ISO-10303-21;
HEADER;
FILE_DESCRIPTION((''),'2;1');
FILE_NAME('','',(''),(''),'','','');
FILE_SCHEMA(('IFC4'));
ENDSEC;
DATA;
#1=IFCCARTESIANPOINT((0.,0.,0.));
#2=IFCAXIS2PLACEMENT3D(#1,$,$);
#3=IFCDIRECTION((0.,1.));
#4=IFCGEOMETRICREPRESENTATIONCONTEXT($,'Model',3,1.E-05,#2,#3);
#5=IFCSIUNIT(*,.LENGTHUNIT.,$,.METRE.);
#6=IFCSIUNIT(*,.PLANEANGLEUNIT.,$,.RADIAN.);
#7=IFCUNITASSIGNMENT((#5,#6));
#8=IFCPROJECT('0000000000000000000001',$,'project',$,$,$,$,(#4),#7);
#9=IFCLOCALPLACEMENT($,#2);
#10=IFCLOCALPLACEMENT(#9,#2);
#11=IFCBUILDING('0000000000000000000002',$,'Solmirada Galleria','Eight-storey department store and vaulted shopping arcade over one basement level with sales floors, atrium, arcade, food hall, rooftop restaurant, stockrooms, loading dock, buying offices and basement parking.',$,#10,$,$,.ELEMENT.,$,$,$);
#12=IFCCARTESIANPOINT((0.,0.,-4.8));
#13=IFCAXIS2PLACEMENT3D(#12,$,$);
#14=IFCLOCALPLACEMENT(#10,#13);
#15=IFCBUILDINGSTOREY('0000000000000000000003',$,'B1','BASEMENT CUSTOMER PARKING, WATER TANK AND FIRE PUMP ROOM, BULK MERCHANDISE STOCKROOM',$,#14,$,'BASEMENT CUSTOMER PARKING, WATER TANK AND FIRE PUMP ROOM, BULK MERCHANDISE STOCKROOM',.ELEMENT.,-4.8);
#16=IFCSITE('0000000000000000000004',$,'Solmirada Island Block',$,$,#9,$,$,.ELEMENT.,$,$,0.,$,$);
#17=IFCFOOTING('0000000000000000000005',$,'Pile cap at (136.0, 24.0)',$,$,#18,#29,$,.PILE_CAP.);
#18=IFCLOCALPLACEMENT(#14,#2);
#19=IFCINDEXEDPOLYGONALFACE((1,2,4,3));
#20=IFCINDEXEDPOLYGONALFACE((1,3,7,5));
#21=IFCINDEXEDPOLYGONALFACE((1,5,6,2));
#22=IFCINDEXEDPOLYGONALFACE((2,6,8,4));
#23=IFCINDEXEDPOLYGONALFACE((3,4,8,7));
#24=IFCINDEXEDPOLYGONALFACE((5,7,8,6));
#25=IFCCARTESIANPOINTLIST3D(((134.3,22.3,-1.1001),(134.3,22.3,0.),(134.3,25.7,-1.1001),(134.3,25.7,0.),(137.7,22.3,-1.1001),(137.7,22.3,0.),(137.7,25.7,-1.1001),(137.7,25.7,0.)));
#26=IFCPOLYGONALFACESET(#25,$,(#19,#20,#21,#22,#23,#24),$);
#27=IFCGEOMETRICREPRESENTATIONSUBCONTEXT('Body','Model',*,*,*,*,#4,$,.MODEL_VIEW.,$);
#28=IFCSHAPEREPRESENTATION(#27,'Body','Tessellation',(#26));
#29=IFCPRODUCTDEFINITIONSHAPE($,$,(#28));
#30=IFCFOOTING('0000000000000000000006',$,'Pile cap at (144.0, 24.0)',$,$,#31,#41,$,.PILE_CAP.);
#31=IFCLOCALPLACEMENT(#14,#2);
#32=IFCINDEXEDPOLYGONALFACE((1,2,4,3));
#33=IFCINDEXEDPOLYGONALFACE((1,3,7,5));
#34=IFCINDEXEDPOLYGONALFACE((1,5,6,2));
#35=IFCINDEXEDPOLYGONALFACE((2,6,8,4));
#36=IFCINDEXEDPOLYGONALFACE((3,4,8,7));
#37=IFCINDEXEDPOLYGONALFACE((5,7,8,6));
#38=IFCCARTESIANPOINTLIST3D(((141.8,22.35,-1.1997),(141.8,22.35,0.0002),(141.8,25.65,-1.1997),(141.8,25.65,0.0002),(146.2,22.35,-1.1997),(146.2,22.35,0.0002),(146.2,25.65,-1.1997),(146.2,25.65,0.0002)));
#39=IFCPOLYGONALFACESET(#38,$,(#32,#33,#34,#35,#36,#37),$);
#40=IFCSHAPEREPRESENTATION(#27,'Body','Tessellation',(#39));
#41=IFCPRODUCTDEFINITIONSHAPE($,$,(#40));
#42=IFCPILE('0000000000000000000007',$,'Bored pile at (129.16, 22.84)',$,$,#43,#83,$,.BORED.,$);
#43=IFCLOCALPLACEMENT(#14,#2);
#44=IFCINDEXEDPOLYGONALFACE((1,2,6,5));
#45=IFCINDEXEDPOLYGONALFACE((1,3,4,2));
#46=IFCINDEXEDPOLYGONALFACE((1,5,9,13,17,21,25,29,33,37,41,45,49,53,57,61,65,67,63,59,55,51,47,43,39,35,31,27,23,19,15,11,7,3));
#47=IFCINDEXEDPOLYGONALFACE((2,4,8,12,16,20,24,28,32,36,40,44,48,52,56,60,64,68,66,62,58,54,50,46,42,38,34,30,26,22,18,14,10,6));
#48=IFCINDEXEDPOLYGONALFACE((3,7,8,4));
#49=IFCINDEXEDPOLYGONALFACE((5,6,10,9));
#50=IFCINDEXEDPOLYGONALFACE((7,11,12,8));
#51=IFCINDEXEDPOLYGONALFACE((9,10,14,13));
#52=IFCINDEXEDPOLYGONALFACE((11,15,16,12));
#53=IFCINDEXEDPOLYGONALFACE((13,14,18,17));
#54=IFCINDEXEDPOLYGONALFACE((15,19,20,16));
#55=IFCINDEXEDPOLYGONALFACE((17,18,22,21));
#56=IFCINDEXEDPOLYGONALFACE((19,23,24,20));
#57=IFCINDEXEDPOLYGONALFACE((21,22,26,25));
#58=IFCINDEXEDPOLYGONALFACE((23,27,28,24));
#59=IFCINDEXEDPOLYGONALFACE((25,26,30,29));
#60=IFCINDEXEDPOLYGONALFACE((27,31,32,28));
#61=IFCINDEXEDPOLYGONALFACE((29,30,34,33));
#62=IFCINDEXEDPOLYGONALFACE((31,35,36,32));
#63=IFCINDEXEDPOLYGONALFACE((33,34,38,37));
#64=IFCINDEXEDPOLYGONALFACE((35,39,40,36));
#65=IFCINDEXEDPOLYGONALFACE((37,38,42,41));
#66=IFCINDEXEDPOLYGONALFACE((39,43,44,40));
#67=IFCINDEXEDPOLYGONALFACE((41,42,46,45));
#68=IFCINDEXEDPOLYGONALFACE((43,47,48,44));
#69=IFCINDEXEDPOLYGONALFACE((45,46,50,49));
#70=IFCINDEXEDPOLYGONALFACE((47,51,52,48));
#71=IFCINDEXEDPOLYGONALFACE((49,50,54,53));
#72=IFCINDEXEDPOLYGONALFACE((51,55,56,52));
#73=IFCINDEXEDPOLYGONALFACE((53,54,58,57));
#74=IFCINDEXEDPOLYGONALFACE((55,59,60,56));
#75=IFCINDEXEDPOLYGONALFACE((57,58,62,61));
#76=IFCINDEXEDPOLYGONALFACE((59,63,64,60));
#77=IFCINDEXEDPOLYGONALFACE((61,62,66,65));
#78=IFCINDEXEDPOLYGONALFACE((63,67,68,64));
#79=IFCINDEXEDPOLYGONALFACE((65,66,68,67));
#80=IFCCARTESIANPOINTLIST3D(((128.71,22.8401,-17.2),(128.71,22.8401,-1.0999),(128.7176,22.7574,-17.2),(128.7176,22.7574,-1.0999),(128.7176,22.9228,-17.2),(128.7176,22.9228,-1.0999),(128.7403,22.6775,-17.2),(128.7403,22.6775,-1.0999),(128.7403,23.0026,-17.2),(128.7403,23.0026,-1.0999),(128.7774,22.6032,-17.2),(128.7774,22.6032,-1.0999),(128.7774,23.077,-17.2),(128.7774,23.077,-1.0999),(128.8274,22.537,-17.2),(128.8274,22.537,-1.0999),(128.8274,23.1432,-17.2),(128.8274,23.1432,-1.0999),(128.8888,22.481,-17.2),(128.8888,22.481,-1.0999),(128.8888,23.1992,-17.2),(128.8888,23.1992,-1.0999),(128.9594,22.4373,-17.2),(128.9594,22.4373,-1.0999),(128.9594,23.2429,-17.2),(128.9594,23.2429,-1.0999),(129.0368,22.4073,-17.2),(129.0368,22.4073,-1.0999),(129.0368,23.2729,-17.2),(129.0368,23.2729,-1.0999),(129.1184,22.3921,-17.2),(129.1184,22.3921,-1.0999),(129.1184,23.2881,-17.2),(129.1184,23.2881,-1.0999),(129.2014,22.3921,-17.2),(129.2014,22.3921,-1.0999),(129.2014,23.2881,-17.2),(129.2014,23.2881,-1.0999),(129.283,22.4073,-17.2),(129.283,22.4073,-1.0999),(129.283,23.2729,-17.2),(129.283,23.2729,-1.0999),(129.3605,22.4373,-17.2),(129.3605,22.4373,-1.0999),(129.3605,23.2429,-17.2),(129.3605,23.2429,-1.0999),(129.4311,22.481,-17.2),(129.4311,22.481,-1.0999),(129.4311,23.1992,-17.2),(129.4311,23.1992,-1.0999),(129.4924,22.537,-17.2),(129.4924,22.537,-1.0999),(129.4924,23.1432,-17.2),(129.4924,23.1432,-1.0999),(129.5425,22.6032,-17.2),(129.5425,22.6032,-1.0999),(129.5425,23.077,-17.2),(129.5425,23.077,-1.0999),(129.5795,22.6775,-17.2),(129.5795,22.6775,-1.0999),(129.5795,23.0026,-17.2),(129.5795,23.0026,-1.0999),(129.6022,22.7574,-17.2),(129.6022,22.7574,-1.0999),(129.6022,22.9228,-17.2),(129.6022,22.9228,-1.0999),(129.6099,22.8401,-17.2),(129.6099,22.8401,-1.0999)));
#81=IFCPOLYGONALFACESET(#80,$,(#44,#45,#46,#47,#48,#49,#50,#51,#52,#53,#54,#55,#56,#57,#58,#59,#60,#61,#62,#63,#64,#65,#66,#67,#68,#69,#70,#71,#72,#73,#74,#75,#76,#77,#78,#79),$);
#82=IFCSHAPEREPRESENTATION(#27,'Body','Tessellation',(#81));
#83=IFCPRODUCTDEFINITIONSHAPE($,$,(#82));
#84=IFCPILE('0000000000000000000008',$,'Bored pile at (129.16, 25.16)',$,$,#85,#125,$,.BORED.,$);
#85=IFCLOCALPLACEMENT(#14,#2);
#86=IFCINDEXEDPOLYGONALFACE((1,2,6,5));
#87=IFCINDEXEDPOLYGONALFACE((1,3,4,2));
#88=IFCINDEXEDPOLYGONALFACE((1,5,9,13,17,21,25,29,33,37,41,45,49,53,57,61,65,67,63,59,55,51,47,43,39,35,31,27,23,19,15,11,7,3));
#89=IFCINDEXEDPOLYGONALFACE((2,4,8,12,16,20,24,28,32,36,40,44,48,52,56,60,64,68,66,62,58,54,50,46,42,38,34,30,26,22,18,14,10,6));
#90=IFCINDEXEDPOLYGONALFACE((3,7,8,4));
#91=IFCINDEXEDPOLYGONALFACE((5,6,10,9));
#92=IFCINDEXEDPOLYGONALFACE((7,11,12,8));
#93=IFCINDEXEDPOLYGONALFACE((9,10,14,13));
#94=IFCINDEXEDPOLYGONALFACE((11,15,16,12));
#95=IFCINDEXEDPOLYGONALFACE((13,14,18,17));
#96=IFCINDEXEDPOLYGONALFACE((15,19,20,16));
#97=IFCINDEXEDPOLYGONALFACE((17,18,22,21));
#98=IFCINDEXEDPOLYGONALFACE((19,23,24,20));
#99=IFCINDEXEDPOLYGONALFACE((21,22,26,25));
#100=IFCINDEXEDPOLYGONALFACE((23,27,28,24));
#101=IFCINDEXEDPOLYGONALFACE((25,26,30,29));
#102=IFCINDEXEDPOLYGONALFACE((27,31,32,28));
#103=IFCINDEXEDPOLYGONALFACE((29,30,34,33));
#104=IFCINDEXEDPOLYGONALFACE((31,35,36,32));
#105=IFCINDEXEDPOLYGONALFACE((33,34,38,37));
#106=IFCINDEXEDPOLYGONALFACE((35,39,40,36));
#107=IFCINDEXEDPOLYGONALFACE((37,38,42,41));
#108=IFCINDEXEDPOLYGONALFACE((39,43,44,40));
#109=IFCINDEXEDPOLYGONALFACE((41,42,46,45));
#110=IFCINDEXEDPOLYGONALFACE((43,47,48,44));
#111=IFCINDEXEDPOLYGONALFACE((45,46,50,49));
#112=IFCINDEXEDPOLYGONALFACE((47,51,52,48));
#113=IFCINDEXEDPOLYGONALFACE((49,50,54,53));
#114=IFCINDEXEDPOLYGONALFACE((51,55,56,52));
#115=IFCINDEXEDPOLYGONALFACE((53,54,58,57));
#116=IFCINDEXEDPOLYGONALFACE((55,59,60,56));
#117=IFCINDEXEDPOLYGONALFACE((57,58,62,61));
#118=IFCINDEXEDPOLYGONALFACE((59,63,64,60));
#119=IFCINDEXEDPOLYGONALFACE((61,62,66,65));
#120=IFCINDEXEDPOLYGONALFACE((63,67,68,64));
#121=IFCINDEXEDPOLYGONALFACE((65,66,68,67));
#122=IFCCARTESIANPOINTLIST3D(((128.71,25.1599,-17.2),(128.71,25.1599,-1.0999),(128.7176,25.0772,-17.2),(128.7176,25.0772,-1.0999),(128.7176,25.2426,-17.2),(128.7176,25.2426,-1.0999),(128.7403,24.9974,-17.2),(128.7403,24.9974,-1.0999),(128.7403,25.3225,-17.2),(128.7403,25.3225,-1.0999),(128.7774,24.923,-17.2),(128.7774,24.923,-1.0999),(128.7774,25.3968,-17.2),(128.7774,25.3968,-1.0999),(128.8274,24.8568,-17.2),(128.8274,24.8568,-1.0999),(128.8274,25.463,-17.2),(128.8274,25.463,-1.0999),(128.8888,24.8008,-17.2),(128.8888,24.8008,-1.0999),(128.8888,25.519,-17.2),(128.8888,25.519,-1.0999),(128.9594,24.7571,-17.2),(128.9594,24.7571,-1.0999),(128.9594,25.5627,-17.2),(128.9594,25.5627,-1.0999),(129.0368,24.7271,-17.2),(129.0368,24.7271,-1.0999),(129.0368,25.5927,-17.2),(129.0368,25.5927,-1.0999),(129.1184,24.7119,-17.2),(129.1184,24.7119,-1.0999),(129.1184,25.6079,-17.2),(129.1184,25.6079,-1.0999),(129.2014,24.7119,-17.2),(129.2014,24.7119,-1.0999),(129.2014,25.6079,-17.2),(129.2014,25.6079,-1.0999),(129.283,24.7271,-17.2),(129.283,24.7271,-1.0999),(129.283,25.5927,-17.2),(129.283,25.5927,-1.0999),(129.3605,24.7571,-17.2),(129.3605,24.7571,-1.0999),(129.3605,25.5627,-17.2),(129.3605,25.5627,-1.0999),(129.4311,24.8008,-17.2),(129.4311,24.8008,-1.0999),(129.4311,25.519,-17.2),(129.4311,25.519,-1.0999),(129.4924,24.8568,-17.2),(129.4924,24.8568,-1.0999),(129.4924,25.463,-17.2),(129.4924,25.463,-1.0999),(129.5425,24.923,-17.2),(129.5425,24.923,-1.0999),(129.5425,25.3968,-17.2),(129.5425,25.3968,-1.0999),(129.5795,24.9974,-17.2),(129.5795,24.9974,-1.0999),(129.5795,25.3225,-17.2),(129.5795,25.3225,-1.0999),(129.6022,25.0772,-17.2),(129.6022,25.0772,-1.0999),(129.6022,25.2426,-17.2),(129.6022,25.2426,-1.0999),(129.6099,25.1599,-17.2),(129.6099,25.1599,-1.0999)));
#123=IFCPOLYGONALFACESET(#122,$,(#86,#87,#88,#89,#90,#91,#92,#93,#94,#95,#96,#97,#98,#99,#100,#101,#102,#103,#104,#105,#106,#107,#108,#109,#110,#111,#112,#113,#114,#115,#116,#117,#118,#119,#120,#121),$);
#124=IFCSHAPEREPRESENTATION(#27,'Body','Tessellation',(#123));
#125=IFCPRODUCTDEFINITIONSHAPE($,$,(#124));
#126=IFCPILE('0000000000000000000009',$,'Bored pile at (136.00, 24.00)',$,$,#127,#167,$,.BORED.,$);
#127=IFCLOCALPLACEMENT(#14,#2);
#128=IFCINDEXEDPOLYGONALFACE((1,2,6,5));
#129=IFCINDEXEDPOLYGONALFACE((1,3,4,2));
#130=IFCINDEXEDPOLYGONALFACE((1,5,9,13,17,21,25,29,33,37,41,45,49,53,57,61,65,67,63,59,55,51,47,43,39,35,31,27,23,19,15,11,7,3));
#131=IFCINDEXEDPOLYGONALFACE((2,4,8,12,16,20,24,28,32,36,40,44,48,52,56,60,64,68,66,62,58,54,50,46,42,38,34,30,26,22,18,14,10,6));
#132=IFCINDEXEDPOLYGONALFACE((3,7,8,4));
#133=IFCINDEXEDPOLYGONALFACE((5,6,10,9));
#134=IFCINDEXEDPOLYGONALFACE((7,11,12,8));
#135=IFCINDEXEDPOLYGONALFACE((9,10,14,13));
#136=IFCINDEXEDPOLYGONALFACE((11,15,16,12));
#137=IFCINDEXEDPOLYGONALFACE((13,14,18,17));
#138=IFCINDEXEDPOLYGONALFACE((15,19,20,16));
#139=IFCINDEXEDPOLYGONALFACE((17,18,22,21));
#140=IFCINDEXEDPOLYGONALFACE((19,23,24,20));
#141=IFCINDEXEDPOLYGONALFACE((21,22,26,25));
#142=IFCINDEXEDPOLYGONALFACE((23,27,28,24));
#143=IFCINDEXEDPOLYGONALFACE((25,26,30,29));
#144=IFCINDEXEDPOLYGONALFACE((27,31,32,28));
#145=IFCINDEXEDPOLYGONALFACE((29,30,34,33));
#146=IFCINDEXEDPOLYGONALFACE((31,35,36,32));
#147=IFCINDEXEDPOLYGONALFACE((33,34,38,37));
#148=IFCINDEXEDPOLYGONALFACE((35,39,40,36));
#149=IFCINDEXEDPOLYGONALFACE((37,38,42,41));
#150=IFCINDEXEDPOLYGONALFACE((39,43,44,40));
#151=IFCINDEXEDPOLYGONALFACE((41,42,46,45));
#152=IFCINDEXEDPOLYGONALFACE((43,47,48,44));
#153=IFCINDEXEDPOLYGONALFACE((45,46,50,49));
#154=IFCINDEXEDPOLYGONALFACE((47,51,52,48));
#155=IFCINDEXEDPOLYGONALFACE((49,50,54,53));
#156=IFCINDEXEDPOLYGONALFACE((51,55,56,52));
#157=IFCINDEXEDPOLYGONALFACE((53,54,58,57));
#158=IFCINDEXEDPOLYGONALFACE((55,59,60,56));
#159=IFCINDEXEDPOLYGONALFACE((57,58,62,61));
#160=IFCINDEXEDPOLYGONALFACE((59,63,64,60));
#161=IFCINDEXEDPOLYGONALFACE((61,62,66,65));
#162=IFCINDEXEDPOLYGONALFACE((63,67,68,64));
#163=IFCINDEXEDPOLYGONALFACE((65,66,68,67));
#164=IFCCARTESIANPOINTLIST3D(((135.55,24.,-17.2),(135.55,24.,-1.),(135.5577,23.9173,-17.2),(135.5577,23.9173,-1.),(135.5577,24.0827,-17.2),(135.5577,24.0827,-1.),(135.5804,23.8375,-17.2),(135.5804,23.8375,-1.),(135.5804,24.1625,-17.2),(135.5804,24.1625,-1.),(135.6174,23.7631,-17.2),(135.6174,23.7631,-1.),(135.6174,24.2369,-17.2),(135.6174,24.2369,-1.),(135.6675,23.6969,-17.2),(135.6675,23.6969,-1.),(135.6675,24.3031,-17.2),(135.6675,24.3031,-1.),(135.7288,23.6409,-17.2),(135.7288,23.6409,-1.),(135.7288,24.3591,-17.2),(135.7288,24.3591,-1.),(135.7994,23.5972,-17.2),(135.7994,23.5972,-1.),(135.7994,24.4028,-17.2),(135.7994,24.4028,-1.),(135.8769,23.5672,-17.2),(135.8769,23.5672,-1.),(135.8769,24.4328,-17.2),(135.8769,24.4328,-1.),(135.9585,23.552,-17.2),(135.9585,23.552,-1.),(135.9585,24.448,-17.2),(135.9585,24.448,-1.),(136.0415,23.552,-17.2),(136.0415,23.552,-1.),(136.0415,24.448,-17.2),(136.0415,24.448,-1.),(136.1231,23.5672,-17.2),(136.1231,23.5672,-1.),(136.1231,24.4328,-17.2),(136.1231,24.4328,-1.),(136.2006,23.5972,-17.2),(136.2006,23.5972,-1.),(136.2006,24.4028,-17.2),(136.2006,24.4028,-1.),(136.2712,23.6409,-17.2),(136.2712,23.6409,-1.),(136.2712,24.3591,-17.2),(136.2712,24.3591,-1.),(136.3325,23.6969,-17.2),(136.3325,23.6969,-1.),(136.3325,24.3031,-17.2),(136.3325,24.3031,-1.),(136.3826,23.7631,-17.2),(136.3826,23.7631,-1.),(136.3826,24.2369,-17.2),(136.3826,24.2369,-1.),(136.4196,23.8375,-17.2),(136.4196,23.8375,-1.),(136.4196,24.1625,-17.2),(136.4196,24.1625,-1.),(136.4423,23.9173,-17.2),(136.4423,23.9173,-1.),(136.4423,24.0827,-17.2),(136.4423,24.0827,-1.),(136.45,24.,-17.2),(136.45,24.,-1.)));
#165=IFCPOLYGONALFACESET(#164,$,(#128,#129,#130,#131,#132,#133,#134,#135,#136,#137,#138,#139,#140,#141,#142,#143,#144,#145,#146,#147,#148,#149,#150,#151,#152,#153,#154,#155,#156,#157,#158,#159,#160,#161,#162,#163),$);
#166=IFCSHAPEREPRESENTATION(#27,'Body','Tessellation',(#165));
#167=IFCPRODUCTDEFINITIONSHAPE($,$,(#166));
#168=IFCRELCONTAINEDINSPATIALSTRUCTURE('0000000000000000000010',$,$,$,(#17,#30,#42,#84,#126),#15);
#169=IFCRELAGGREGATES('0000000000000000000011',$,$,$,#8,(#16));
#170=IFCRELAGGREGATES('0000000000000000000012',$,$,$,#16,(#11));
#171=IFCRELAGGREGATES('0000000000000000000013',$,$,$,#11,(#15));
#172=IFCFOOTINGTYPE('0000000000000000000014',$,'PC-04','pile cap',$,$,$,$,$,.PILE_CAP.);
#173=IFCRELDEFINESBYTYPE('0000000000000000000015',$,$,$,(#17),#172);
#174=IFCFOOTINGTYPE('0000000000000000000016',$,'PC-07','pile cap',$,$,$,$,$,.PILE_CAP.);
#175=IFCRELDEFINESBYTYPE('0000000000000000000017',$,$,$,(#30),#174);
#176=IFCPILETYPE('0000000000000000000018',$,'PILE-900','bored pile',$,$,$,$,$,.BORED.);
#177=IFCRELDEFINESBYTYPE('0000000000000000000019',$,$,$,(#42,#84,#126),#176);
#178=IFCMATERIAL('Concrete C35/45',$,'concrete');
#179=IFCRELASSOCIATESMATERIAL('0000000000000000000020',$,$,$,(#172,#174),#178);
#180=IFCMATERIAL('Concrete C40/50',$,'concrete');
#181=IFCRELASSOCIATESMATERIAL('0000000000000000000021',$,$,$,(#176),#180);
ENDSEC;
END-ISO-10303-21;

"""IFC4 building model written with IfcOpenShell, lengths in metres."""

from ifc_helpers import new_model, si_unit, direction, frame, origin, origin_2d, place, context, subcontext, project, spatial, rectangle, circle, extrude, material, material_profile, profile_set, type_object, element, save


model = new_model("IFC4")

# Units and contexts
model_context = context("Model", 3, precision=1e-05, world=origin(), true_north=direction((0.0, 1.0)))
body_context = subcontext(model_context, "Body", "Model", "MODEL_VIEW")
ifc_project = project(units=[si_unit("LENGTHUNIT", "METRE"), si_unit("PLANEANGLEUNIT", "RADIAN")], contexts=[model_context])

# Site, building, storey
site_placement = place(None, origin())
site = spatial("IfcSite", under=ifc_project, at=site_placement, Name="Solmirada Island Block", CompositionType="ELEMENT", RefElevation=0.0)
building_placement = place(site_placement, origin())
building = spatial("IfcBuilding", under=site, at=building_placement, Name="Solmirada Galleria", Description="Eight-storey department store and vaulted shopping arcade over one basement level with sales floors, atrium, arcade, food hall, rooftop restaurant, stockrooms, loading dock, buying offices and basement parking.", CompositionType="ELEMENT")
storey_placement = place(building_placement, frame((0.0, 0.0, -4.8)))
storey = spatial("IfcBuildingStorey", under=building, at=storey_placement, Name="B1", Description="BASEMENT CUSTOMER PARKING, WATER TANK AND FIRE PUMP ROOM, BULK MERCHANDISE STOCKROOM", LongName="BASEMENT CUSTOMER PARKING, WATER TANK AND FIRE PUMP ROOM, BULK MERCHANDISE STOCKROOM", CompositionType="ELEMENT", Elevation=-4.8)

# Footings
ifc_material_1 = material(Name="Concrete C35/45", Category="concrete")
footing_type_1 = type_object("IfcFootingType", Name="PC-04", Description="pile cap", PredefinedType="PILE_CAP", material=ifc_material_1)
footing_1_placement = place(storey_placement, frame((136.0, 24.0, -1.1001), z_axis=(0.0, 0.0, 1.0), x_axis=(1.0, 0.0, 0.0)))
element("IfcFooting", 1, at=footing_1_placement, inside=storey, type_object=footing_type_1, Name="Pile cap at (136.0, 24.0)", PredefinedType="PILE_CAP", context=body_context, shape_type="SweptSolid", body=[
    extrude(rectangle(XDim=3.3999, YDim=3.3999, at=origin_2d()), origin(), (0.0, 0.0, 1.0), 1.1001),
])
footing_type_2 = type_object("IfcFootingType", Name="PC-07", Description="pile cap", PredefinedType="PILE_CAP", material=ifc_material_1)
footing_2_placement = place(storey_placement, frame((144.0, 24.0, -1.1997), z_axis=(0.0, 0.0, 1.0), x_axis=(1.0, 0.0, 0.0)))
element("IfcFooting", 2, at=footing_2_placement, inside=storey, type_object=footing_type_2, Name="Pile cap at (144.0, 24.0)", PredefinedType="PILE_CAP", context=body_context, shape_type="SweptSolid", body=[
    extrude(rectangle(XDim=4.3999, YDim=3.3, at=origin_2d()), origin(), (0.0, 0.0, 1.0), 1.2),
])

# Piles
ifc_material_2 = material(Name="Concrete C40/50", Category="concrete")
ifc_material_profile_1 = material_profile(ifc_material_2, circle(Radius=0.45, at=origin_2d()), Name="PILE900")
ifc_profile_set_1 = profile_set([ifc_material_profile_1], Name="Concrete C40/50")
pile_type = type_object("IfcPileType", Name="PILE-900", Description="bored pile", PredefinedType="BORED", material=ifc_profile_set_1)
for number, where, z_axis, x_axis, name in (
    (3, (129.1599, 22.8401, -1.0999), (0.0, 0.0, -1.0), (1.0, 0.0, 0.0), "Bored pile at (129.16, 22.84)"),
    (4, (129.1599, 25.1599, -1.0999), (0.0, 0.0, -1.0), (1.0, 0.0, 0.0), "Bored pile at (129.16, 25.16)"),
):
    element("IfcPile", number, at=place(storey_placement, frame(where, z_axis=z_axis, x_axis=x_axis)), inside=storey, type_object=pile_type, Name=name, PredefinedType="BORED", context=body_context, shape_type="SweptSolid", body=[
        extrude(circle(Radius=0.45, at=origin_2d()), origin(), (0.0, 0.0, 1.0), 16.1001),
    ])
pile_1_placement = place(storey_placement, frame((136.0, 24.0, -1.0), z_axis=(0.0, 0.0, -1.0), x_axis=(1.0, 0.0, 0.0)))
element("IfcPile", 5, at=pile_1_placement, inside=storey, type_object=pile_type, Name="Bored pile at (136.00, 24.00)", PredefinedType="BORED", context=body_context, shape_type="SweptSolid", body=[
    extrude(circle(Radius=0.45, at=origin_2d()), origin(), (0.0, 0.0, 1.0), 16.2),
])

save(model, "model.ifc")
